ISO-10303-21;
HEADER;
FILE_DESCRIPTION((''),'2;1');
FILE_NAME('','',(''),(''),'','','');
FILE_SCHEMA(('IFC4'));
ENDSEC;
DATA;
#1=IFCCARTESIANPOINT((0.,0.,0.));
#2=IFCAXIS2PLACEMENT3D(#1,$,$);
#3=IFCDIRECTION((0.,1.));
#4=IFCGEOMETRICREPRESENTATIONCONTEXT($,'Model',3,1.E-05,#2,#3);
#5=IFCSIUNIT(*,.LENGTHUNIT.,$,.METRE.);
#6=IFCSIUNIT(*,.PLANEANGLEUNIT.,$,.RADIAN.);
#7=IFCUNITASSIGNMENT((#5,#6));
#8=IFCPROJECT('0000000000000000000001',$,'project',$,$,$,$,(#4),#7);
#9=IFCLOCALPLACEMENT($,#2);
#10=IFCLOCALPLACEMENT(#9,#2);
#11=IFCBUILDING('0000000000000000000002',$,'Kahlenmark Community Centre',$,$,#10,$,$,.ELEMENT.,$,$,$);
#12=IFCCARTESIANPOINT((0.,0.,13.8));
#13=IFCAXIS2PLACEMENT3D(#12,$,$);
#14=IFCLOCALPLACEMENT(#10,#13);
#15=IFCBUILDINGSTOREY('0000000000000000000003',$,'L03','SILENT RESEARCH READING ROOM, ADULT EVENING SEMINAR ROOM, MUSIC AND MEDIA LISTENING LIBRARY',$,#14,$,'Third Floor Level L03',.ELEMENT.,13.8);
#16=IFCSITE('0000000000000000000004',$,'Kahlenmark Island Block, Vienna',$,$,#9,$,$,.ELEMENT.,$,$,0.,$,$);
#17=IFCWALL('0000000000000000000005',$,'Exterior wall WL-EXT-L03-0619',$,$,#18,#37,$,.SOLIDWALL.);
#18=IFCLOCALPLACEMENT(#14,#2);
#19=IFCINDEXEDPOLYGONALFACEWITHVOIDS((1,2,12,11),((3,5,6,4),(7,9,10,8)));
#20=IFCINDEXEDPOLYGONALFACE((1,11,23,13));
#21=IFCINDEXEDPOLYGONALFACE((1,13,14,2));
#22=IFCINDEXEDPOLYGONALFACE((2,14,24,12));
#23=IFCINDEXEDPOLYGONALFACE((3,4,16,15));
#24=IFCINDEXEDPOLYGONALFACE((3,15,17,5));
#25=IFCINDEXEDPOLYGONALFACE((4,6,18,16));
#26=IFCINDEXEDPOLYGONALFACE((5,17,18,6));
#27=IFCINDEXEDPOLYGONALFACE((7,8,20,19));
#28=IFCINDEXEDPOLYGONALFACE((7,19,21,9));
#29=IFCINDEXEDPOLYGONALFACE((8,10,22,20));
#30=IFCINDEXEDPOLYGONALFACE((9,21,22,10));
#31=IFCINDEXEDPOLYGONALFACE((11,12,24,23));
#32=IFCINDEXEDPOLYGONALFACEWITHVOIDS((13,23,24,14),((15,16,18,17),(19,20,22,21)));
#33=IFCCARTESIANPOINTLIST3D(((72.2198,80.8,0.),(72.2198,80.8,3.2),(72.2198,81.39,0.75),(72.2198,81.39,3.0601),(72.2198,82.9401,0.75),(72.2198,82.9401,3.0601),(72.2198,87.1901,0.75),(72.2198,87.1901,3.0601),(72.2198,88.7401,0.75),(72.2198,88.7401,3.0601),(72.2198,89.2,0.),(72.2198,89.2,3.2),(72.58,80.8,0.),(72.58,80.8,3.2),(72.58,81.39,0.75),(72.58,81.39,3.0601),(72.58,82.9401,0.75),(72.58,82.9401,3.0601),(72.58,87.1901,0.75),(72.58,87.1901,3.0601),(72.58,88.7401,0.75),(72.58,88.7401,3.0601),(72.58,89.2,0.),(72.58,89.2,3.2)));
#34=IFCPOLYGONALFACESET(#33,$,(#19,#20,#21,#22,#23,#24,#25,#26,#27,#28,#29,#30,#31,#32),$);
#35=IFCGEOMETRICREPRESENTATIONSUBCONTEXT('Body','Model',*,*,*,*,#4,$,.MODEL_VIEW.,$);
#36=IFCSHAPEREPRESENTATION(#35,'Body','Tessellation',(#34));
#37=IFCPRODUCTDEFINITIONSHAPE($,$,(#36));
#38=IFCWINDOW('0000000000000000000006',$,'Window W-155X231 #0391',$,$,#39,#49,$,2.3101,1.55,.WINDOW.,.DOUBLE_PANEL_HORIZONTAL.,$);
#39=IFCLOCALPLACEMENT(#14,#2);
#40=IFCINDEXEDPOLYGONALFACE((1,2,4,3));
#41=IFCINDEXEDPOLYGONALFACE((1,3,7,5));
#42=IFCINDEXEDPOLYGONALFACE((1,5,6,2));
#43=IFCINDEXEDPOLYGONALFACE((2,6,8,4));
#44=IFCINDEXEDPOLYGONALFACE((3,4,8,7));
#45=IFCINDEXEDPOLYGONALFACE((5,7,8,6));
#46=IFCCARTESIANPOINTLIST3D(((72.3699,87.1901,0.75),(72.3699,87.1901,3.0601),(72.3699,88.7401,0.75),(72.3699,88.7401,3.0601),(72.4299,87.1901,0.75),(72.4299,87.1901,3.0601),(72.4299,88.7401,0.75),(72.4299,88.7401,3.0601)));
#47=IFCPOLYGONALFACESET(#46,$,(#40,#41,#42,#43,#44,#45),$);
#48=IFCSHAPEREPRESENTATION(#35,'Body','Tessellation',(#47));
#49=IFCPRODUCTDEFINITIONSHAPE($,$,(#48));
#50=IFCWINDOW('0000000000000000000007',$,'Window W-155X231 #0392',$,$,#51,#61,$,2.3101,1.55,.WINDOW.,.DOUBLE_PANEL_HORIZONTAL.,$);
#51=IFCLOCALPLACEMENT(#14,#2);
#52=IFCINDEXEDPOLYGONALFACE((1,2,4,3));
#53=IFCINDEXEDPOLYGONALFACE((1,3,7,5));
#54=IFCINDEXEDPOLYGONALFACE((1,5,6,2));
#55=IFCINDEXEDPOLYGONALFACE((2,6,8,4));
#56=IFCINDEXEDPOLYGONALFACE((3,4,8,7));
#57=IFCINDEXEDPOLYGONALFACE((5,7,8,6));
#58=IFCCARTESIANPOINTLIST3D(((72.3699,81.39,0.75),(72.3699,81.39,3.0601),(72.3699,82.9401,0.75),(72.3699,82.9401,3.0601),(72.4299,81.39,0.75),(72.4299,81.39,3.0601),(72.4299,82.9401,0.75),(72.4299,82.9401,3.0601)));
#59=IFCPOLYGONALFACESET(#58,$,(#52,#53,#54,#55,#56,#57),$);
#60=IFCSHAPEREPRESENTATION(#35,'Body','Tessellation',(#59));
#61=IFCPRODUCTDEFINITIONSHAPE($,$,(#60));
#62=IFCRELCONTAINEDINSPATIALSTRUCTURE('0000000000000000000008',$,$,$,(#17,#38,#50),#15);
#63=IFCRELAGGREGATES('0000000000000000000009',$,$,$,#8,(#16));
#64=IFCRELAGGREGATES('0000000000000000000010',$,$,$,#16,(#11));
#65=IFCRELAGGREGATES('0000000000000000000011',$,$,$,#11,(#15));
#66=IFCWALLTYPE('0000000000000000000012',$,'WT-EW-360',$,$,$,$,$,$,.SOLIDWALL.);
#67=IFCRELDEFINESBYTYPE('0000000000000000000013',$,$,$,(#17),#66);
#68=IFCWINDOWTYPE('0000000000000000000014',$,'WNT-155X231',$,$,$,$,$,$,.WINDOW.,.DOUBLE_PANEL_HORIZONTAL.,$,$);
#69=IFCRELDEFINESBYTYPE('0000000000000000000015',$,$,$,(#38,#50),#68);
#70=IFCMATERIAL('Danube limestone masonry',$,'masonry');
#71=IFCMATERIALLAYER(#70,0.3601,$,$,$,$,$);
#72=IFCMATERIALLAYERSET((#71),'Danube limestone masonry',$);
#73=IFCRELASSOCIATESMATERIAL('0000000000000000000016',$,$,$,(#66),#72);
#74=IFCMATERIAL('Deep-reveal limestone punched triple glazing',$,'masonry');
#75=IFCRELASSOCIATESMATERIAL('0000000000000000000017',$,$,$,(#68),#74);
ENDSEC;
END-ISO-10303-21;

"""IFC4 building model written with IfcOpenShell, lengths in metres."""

from ifc_helpers import new_model, si_unit, direction, frame, frame_2d, origin, place, context, subcontext, project, spatial, rectangle, extrude, material, layer, layer_set, type_object, element, fill, save


model = new_model("IFC4")

# Units and contexts
model_context = context("Model", 3, precision=1e-05, world=origin(), true_north=direction((0.0, 1.0)))
body_context = subcontext(model_context, "Body", "Model", "MODEL_VIEW")
ifc_project = project(units=[si_unit("LENGTHUNIT", "METRE"), si_unit("PLANEANGLEUNIT", "RADIAN")], contexts=[model_context])

# Site, building, storey
site_placement = place(None, origin())
site = spatial("IfcSite", under=ifc_project, at=site_placement, Name="Kahlenmark Island Block, Vienna", CompositionType="ELEMENT", RefElevation=0.0)
building_placement = place(site_placement, origin())
building = spatial("IfcBuilding", under=site, at=building_placement, Name="Kahlenmark Community Centre", CompositionType="ELEMENT")
storey_placement = place(building_placement, frame((0.0, 0.0, 13.8)))
storey = spatial("IfcBuildingStorey", under=building, at=storey_placement, Name="L03", Description="SILENT RESEARCH READING ROOM, ADULT EVENING SEMINAR ROOM, MUSIC AND MEDIA LISTENING LIBRARY", LongName="Third Floor Level L03", CompositionType="ELEMENT", Elevation=13.8)

# Wall, openings, windows
ifc_material_1 = material(Name="Danube limestone masonry", Category="masonry")
ifc_layer_1 = layer(ifc_material_1, 0.3601)
ifc_layer_set_1 = layer_set([ifc_layer_1], Name="Danube limestone masonry")
wall_type_1 = type_object("IfcWallType", Name="WT-EW-360", PredefinedType="SOLIDWALL", material=ifc_layer_set_1)
wall_1_placement = place(storey_placement, frame((72.3999, 89.2, 0.0), z_axis=(0.0, 0.0, 1.0), x_axis=(0.0, -1.0, 0.0)))
wall_1 = element("IfcWall", 1, at=wall_1_placement, inside=storey, type_object=wall_type_1, Name="Exterior wall WL-EXT-L03-0619", PredefinedType="SOLIDWALL", context=body_context, shape_type="SweptSolid", body=[
    extrude(rectangle(XDim=8.3999, YDim=0.3601, at=frame_2d((4.2, 0.0))), origin(), (0.0, 0.0, 1.0), 3.2),
])
opening_1_placement = place(wall_1_placement, frame((0.46, 0.0, 0.75)))
opening_1 = element("IfcOpeningElement", 2, at=opening_1_placement, cuts=wall_1, PredefinedType="OPENING", context=body_context, shape_type="SweptSolid", body=[
    extrude(rectangle(XDim=1.55, YDim=2.3101, at=frame_2d((0.7749, 1.155))), frame((0.0, 0.1899, 0.0), z_axis=(0.0, -1.0, 0.0), x_axis=(1.0, 0.0, 0.0)), (0.0, 0.0, 1.0), 0.3801),
])
opening_2_placement = place(wall_1_placement, frame((6.26, 0.0, 0.75)))
opening_2 = element("IfcOpeningElement", 3, at=opening_2_placement, cuts=wall_1, PredefinedType="OPENING", context=body_context, shape_type="SweptSolid", body=[
    extrude(rectangle(XDim=1.55, YDim=2.3101, at=frame_2d((0.7749, 1.155))), frame((0.0, 0.1899, 0.0), z_axis=(0.0, -1.0, 0.0), x_axis=(1.0, 0.0, 0.0)), (0.0, 0.0, 1.0), 0.3801),
])
ifc_material_2 = material(Name="Deep-reveal limestone punched triple glazing", Category="masonry")
window_type = type_object("IfcWindowType", Name="WNT-155X231", PartitioningType="DOUBLE_PANEL_HORIZONTAL", PredefinedType="WINDOW", material=ifc_material_2)
window_1_placement = place(opening_1_placement, origin())
window_1 = element("IfcWindow", 4, at=window_1_placement, inside=storey, type_object=window_type, Name="Window W-155X231 #0391", OverallHeight=2.3101, OverallWidth=1.55, PartitioningType="DOUBLE_PANEL_HORIZONTAL", PredefinedType="WINDOW", context=body_context, shape_type="SweptSolid", body=[
    extrude(rectangle(XDim=1.55, YDim=2.3101, at=frame_2d((0.7749, 1.155))), frame((0.0, 0.03, 0.0), z_axis=(0.0, -1.0, 0.0), x_axis=(1.0, 0.0, 0.0)), (0.0, 0.0, 1.0), 0.0601),
])
fill(opening_1, window_1)
window_2_placement = place(opening_2_placement, origin())
window_2 = element("IfcWindow", 5, at=window_2_placement, inside=storey, type_object=window_type, Name="Window W-155X231 #0392", OverallHeight=2.3101, OverallWidth=1.55, PartitioningType="DOUBLE_PANEL_HORIZONTAL", PredefinedType="WINDOW", context=body_context, shape_type="SweptSolid", body=[
    extrude(rectangle(XDim=1.55, YDim=2.3101, at=frame_2d((0.7749, 1.155))), frame((0.0, 0.03, 0.0), z_axis=(0.0, -1.0, 0.0), x_axis=(1.0, 0.0, 0.0)), (0.0, 0.0, 1.0), 0.0601),
])
fill(opening_2, window_2)

save(model, "model.ifc")
